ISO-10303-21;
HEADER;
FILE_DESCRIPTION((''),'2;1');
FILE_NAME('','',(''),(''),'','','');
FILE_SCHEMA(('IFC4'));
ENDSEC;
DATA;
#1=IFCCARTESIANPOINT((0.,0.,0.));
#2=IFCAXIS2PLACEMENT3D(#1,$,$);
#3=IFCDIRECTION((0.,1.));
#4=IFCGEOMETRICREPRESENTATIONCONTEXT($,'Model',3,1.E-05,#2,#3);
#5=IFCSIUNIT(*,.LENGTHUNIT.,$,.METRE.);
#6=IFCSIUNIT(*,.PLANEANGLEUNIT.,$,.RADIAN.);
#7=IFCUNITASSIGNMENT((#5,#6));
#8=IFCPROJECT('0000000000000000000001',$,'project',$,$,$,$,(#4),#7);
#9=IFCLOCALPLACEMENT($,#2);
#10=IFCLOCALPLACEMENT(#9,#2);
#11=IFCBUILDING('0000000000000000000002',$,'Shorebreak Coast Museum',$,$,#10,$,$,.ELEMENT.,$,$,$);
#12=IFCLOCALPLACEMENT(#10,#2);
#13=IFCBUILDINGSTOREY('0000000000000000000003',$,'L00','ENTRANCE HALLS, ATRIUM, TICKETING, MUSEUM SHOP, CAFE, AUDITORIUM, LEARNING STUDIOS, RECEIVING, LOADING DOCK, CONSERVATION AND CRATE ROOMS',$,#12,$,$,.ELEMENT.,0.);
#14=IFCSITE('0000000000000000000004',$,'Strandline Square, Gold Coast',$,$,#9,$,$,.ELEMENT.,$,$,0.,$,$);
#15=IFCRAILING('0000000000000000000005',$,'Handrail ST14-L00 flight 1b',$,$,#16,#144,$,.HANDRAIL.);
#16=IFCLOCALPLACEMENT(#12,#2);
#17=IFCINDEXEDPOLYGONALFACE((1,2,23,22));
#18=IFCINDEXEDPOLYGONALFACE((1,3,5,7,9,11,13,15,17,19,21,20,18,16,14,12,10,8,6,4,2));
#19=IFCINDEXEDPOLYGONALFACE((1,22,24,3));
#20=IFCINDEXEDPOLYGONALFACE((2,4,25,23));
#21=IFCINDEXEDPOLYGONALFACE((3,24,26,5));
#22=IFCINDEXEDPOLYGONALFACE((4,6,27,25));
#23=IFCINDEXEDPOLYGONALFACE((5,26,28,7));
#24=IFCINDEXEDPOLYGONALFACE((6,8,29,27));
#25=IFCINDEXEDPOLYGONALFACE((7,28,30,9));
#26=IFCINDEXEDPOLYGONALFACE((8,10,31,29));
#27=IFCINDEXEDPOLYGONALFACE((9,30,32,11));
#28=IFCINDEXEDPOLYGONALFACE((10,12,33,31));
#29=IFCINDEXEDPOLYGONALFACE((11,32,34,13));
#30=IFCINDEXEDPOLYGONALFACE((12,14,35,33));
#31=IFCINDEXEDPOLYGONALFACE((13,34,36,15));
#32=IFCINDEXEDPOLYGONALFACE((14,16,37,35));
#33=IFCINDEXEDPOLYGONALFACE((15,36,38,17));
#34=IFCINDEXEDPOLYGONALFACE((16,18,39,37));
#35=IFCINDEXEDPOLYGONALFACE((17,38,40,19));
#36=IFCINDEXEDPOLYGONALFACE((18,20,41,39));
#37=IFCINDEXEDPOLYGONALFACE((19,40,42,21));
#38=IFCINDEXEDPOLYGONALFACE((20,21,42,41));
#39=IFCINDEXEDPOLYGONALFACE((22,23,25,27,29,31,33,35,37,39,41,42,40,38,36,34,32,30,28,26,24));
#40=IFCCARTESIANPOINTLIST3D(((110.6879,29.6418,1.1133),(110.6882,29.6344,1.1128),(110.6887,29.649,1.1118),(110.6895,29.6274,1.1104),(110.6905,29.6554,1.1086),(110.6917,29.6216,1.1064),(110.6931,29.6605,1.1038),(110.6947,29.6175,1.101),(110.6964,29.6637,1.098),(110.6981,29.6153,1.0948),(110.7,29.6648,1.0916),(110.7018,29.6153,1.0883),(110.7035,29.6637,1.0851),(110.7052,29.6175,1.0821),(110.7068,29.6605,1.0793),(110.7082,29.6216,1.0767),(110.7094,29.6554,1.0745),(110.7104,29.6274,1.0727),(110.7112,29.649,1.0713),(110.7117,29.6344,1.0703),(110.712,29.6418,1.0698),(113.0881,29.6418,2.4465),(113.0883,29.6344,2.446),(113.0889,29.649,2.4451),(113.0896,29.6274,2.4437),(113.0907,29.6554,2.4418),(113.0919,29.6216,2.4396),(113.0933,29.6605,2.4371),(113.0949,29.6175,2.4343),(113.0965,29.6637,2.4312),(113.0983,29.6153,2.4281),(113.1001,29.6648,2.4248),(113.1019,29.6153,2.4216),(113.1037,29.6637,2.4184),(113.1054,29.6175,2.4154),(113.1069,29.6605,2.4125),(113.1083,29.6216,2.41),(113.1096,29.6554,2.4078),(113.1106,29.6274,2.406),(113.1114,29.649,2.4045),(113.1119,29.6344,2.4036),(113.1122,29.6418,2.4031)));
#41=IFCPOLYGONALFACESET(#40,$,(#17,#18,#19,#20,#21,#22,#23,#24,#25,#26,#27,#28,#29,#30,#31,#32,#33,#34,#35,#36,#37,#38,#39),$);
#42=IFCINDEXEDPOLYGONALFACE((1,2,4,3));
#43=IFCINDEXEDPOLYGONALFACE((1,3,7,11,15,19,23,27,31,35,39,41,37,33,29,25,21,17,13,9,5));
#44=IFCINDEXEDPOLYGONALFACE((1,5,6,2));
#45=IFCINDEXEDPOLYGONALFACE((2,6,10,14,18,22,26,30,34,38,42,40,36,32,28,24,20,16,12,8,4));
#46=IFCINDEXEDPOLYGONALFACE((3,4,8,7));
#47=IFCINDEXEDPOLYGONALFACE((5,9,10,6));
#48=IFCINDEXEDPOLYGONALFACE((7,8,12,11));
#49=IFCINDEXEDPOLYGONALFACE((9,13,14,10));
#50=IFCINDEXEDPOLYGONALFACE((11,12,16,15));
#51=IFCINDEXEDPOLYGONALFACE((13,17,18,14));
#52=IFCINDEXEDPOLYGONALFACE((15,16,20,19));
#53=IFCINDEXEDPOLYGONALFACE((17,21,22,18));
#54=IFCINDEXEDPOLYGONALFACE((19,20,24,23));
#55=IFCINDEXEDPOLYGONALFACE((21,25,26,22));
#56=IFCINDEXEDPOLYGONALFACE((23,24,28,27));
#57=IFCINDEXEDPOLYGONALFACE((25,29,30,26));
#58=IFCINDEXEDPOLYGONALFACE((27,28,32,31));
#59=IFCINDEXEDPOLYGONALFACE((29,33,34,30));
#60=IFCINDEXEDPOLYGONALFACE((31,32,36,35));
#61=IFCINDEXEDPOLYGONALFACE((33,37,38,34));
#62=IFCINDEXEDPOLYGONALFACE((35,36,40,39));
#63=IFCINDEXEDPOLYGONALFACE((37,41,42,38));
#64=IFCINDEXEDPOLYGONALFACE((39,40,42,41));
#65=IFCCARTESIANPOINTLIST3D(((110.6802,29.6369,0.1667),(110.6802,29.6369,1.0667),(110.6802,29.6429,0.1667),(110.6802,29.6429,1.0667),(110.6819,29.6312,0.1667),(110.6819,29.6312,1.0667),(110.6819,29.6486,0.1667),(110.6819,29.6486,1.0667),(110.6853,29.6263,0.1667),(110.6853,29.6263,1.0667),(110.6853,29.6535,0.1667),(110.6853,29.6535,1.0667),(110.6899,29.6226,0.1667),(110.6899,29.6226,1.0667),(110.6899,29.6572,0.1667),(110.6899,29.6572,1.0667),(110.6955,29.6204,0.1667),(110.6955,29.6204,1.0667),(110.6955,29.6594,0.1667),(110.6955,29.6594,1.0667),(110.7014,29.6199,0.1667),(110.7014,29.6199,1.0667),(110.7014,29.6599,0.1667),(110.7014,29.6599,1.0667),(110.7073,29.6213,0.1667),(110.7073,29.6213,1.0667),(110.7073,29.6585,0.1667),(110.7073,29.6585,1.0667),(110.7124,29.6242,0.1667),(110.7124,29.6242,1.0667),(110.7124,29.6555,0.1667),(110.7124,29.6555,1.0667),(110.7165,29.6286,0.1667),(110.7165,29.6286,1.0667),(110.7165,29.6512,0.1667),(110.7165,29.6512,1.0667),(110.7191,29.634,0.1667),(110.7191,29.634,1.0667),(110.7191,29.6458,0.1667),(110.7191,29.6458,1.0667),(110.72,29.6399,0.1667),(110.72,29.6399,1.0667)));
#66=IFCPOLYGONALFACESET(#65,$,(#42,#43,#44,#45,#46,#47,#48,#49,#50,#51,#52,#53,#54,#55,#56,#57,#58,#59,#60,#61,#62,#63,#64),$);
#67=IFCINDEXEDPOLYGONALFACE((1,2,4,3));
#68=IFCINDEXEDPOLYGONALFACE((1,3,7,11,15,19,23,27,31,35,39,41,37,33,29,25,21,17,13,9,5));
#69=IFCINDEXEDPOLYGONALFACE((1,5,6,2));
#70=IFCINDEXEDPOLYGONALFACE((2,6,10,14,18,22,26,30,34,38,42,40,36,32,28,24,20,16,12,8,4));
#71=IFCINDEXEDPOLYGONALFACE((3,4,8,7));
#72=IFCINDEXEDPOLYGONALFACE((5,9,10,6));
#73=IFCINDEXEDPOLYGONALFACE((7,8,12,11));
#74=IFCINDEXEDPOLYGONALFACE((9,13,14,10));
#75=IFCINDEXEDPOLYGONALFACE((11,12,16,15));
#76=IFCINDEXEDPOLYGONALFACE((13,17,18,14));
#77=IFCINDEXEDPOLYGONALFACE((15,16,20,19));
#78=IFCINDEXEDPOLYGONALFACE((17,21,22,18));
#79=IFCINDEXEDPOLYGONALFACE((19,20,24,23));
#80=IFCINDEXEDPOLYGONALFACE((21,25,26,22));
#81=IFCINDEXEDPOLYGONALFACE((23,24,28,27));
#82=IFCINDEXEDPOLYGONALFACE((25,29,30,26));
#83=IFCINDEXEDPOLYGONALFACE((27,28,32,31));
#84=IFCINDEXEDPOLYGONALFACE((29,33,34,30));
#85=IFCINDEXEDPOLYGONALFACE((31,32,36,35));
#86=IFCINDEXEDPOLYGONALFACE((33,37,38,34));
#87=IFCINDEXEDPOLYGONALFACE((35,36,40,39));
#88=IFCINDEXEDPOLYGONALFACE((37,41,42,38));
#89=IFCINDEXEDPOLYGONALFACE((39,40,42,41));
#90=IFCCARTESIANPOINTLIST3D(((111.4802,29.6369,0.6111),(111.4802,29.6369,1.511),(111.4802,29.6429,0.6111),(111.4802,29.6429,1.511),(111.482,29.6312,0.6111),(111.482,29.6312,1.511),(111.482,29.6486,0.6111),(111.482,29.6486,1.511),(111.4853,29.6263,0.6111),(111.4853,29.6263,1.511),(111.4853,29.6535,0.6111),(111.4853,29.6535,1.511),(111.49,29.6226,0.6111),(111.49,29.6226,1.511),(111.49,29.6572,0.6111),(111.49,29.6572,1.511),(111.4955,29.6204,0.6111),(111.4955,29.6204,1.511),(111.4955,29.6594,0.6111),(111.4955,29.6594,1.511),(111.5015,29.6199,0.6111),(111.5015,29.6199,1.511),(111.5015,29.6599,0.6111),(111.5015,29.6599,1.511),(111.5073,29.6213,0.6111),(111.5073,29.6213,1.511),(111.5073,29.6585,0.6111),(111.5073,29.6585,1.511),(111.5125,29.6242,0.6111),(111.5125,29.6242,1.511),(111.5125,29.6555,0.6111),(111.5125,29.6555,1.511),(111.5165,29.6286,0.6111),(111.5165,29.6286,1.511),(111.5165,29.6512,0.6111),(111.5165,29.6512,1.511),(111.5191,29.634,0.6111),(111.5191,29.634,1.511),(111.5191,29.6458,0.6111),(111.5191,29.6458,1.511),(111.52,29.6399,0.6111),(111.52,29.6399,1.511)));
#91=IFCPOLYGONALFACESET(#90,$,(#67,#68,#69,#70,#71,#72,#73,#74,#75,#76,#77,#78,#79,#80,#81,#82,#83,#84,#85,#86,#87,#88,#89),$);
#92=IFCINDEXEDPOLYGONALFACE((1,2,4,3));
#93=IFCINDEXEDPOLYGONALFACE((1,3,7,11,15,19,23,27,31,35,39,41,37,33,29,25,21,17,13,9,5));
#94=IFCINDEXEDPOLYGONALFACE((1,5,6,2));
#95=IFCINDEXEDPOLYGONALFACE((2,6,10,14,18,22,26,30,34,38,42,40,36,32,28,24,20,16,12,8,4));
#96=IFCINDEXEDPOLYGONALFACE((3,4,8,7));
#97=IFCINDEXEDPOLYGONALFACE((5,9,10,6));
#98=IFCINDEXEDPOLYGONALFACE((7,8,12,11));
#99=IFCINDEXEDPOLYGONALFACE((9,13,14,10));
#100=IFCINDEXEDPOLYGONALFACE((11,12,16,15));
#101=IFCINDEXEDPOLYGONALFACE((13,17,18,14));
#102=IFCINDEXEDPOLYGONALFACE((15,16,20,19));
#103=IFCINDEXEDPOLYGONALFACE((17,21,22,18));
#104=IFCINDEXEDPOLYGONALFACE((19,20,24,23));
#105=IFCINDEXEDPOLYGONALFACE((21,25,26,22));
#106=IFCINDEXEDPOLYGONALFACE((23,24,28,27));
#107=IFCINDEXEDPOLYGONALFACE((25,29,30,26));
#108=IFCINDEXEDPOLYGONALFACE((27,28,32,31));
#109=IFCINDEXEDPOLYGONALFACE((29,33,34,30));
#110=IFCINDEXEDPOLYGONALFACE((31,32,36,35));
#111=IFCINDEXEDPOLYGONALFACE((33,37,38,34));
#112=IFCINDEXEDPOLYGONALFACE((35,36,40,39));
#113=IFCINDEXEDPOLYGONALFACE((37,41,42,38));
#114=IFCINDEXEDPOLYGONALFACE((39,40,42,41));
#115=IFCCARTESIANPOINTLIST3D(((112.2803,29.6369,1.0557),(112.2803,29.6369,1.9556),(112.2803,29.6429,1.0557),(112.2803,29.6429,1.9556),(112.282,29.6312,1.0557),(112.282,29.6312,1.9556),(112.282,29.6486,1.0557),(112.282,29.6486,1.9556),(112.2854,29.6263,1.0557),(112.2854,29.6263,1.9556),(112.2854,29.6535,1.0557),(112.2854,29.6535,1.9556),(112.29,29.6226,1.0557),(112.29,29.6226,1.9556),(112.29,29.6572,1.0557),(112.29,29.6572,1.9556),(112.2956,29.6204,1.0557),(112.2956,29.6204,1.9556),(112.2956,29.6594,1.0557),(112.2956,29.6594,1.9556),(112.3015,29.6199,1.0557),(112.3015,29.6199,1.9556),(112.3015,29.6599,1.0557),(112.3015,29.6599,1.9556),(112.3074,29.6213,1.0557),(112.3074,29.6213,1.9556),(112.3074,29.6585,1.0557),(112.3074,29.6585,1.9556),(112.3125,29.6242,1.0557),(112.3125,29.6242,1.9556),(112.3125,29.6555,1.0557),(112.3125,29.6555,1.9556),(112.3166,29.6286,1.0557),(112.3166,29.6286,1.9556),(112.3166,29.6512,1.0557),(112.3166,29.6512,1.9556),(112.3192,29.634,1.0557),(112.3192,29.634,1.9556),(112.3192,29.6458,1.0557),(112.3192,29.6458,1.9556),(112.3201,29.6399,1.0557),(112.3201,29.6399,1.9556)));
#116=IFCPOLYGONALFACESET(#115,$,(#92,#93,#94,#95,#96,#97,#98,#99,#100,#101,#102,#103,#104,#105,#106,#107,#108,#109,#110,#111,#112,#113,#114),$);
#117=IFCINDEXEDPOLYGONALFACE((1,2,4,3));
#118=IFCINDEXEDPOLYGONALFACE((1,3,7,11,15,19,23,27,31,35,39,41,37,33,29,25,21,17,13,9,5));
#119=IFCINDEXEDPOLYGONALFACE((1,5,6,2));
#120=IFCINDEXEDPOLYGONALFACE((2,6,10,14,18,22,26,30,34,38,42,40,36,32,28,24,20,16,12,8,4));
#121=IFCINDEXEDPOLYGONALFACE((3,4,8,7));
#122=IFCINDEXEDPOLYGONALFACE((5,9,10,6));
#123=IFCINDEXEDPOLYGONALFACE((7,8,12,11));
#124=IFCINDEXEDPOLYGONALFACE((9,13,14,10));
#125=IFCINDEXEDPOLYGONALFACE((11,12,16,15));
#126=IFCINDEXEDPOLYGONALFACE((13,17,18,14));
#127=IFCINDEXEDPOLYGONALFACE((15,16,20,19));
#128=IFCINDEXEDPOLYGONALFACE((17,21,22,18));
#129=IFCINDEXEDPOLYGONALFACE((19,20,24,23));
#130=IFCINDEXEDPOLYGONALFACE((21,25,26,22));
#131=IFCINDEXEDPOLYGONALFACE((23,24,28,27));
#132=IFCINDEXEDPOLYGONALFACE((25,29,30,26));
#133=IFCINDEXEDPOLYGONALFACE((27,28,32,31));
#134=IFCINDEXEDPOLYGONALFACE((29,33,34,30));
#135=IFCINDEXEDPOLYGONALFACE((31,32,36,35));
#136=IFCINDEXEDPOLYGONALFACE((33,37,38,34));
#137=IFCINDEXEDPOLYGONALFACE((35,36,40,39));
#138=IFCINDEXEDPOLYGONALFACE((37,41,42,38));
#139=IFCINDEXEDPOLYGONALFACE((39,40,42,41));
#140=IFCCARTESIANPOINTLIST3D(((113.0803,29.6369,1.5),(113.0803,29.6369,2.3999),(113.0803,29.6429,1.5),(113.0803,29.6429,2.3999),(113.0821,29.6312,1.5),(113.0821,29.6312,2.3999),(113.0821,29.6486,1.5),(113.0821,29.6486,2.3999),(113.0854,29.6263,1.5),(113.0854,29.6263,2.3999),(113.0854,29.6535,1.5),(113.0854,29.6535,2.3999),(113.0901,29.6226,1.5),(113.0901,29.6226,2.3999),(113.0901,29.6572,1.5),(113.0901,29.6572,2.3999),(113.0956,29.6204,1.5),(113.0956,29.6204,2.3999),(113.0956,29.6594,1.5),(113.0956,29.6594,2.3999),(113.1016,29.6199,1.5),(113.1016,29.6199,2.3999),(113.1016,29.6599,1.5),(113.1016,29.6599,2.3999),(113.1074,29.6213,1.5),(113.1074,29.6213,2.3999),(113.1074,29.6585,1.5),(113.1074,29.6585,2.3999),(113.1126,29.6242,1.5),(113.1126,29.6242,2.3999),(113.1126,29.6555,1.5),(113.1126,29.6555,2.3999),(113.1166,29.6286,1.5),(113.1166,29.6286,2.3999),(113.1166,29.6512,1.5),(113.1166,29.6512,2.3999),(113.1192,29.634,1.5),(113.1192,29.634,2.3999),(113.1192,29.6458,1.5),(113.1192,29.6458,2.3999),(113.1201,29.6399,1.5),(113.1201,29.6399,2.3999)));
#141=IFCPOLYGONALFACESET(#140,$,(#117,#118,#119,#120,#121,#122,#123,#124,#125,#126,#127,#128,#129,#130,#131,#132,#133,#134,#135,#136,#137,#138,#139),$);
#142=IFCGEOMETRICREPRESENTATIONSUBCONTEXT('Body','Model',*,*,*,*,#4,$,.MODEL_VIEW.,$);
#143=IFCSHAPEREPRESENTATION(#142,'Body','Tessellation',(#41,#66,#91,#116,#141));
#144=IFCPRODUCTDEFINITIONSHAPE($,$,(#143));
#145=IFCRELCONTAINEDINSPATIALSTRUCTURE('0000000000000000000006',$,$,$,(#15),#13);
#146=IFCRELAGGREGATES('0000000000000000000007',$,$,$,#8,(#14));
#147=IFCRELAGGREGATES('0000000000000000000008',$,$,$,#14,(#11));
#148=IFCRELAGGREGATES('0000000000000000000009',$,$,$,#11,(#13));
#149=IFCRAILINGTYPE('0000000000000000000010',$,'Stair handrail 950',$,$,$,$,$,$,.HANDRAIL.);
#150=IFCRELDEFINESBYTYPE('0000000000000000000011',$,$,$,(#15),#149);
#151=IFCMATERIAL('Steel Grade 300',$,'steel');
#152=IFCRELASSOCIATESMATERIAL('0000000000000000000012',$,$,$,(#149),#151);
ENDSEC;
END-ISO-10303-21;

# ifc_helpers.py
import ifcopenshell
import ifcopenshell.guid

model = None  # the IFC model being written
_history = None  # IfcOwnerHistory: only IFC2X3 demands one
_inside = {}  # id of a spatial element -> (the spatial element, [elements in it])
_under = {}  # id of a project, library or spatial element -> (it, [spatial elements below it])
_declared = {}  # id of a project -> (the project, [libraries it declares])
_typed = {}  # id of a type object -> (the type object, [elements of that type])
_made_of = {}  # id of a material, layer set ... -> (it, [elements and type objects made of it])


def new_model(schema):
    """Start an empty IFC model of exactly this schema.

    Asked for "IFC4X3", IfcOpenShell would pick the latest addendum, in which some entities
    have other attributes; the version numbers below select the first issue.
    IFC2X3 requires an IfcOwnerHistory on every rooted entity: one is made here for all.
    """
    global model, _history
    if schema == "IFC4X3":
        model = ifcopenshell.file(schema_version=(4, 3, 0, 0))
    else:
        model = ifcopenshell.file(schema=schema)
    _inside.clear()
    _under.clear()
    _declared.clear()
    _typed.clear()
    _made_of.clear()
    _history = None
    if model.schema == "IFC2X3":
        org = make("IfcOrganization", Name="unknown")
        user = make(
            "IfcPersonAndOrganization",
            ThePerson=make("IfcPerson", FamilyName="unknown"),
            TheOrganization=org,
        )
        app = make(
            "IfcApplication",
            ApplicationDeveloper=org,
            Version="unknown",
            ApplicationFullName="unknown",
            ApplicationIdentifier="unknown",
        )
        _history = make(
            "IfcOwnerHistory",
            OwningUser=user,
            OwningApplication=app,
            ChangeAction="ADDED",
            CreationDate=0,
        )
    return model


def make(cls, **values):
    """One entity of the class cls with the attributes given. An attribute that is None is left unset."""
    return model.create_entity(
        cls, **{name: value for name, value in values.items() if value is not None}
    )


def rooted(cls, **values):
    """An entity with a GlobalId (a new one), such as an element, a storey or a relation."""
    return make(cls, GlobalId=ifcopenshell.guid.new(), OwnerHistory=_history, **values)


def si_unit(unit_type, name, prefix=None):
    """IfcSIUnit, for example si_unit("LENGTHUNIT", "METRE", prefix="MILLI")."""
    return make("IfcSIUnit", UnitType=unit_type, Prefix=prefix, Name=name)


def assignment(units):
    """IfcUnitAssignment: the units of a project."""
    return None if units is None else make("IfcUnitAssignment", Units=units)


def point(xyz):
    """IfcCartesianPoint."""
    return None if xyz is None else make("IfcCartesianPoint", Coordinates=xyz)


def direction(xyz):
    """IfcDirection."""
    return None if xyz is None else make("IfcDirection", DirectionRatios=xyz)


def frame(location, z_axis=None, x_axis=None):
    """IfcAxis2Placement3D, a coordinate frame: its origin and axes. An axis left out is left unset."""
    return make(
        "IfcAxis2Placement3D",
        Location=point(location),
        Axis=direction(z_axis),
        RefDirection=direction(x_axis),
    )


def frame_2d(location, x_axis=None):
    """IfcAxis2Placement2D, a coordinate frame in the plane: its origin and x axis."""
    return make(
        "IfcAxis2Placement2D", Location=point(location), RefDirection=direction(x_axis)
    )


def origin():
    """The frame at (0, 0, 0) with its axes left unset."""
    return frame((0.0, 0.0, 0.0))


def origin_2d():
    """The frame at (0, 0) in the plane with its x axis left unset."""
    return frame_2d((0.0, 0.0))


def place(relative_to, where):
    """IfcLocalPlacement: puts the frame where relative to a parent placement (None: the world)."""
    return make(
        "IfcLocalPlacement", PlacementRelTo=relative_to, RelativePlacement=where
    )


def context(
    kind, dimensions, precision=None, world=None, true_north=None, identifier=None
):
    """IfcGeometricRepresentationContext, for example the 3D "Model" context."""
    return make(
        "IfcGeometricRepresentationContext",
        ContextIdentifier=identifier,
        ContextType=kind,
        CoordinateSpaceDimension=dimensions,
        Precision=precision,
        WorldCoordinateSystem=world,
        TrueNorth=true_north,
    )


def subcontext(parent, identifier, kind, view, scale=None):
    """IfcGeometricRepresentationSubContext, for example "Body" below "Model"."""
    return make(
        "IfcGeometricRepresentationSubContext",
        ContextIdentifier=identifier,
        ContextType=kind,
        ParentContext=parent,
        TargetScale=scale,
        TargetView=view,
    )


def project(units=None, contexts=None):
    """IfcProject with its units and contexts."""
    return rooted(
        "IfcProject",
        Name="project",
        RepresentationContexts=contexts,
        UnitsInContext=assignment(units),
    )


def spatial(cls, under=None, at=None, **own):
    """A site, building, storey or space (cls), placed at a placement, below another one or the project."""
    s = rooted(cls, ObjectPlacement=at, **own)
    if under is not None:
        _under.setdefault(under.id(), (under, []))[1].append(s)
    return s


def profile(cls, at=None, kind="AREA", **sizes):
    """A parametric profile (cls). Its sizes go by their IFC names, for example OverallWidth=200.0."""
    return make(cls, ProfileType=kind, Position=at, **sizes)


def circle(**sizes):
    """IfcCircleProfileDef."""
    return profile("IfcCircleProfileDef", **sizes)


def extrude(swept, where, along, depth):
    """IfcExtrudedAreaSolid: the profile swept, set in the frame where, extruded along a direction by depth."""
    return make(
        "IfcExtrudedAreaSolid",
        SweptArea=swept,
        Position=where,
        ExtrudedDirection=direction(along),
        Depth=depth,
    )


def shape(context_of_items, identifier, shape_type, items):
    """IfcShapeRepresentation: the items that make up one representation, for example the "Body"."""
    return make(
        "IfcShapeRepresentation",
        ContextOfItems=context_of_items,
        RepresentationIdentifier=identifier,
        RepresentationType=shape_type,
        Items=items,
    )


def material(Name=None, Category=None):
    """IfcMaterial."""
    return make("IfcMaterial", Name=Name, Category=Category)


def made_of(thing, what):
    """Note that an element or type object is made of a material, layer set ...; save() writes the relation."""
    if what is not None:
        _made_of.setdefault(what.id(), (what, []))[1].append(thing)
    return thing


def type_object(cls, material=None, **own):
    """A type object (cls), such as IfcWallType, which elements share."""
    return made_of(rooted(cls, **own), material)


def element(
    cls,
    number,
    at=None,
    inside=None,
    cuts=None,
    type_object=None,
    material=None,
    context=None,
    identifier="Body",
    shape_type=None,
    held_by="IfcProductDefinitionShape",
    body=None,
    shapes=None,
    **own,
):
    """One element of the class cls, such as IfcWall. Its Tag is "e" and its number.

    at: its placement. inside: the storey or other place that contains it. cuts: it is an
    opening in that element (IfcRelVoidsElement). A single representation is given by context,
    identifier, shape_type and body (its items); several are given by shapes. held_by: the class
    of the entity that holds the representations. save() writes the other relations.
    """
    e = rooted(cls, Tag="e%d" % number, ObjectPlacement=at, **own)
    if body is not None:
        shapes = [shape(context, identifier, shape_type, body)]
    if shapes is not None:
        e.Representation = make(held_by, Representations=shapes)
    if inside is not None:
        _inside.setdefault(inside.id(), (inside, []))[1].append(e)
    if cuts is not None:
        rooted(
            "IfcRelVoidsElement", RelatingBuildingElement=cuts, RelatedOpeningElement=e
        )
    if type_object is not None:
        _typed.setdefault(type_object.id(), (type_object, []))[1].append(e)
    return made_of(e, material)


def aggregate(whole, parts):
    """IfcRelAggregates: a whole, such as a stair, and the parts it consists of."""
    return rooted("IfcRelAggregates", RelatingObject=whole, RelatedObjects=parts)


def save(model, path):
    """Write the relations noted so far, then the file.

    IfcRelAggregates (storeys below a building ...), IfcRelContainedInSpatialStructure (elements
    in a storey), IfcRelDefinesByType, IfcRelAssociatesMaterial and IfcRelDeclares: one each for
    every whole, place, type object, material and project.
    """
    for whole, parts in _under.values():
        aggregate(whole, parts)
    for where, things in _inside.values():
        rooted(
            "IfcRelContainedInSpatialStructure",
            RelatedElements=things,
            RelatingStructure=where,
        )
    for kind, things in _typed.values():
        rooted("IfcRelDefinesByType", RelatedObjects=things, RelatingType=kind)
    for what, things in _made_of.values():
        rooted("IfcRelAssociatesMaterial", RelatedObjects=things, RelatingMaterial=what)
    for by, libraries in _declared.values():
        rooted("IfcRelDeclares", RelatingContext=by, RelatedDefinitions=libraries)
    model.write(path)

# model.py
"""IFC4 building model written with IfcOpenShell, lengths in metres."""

from ifc_helpers import new_model, si_unit, direction, frame, origin, origin_2d, place, context, subcontext, project, spatial, circle, extrude, material, type_object, element, save


model = new_model("IFC4")

# Units and contexts
model_context = context("Model", 3, precision=1e-05, world=origin(), true_north=direction((0.0, 1.0)))
body_context = subcontext(model_context, "Body", "Model", "MODEL_VIEW")
ifc_project = project(units=[si_unit("LENGTHUNIT", "METRE"), si_unit("PLANEANGLEUNIT", "RADIAN")], contexts=[model_context])

# Site, building, storey
site_placement = place(None, origin())
site = spatial("IfcSite", under=ifc_project, at=site_placement, Name="Strandline Square, Gold Coast", CompositionType="ELEMENT", RefElevation=0.0)
building_placement = place(site_placement, origin())
building = spatial("IfcBuilding", under=site, at=building_placement, Name="Shorebreak Coast Museum", CompositionType="ELEMENT")
storey_placement = place(building_placement, origin())
storey = spatial("IfcBuildingStorey", under=building, at=storey_placement, Name="L00", Description="ENTRANCE HALLS, ATRIUM, TICKETING, MUSEUM SHOP, CAFE, AUDITORIUM, LEARNING STUDIOS, RECEIVING, LOADING DOCK, CONSERVATION AND CRATE ROOMS", CompositionType="ELEMENT", Elevation=0.0)

# Railing
ifc_material_1 = material(Name="Steel Grade 300", Category="steel")
railing_type_1 = type_object("IfcRailingType", Name="Stair handrail 950", PredefinedType="HANDRAIL", material=ifc_material_1)
for number, where, name in (
    (1, (110.7, 29.6399, 0.1667), "Handrail ST14-L00 flight 1b"),
):
    element("IfcRailing", number, at=place(storey_placement, frame(where)), inside=storey, type_object=railing_type_1, Name=name, PredefinedType="HANDRAIL", context=body_context, shape_type="SweptSolid", body=[
        extrude(circle(Radius=0.0249, at=origin_2d()), frame((0.0, 0.0, 0.9248), z_axis=(0.874182, 0.0, 0.485598), x_axis=(0.0, 1.0, 0.0)), (0.0, 0.0, 1.0), 2.7456),
        extrude(circle(Radius=0.02, at=origin_2d()), origin(), (0.0, 0.0, 1.0), 0.8999),
        extrude(circle(Radius=0.02, at=origin_2d()), frame((0.8, 0.0, 0.4443)), (0.0, 0.0, 1.0), 0.8999),
        extrude(circle(Radius=0.02, at=origin_2d()), frame((1.6001, 0.0, 0.8889)), (0.0, 0.0, 1.0), 0.8999),
        extrude(circle(Radius=0.02, at=origin_2d()), frame((2.4001, 0.0, 1.3333)), (0.0, 0.0, 1.0), 0.8999),
    ])

save(model, "model.ifc")
